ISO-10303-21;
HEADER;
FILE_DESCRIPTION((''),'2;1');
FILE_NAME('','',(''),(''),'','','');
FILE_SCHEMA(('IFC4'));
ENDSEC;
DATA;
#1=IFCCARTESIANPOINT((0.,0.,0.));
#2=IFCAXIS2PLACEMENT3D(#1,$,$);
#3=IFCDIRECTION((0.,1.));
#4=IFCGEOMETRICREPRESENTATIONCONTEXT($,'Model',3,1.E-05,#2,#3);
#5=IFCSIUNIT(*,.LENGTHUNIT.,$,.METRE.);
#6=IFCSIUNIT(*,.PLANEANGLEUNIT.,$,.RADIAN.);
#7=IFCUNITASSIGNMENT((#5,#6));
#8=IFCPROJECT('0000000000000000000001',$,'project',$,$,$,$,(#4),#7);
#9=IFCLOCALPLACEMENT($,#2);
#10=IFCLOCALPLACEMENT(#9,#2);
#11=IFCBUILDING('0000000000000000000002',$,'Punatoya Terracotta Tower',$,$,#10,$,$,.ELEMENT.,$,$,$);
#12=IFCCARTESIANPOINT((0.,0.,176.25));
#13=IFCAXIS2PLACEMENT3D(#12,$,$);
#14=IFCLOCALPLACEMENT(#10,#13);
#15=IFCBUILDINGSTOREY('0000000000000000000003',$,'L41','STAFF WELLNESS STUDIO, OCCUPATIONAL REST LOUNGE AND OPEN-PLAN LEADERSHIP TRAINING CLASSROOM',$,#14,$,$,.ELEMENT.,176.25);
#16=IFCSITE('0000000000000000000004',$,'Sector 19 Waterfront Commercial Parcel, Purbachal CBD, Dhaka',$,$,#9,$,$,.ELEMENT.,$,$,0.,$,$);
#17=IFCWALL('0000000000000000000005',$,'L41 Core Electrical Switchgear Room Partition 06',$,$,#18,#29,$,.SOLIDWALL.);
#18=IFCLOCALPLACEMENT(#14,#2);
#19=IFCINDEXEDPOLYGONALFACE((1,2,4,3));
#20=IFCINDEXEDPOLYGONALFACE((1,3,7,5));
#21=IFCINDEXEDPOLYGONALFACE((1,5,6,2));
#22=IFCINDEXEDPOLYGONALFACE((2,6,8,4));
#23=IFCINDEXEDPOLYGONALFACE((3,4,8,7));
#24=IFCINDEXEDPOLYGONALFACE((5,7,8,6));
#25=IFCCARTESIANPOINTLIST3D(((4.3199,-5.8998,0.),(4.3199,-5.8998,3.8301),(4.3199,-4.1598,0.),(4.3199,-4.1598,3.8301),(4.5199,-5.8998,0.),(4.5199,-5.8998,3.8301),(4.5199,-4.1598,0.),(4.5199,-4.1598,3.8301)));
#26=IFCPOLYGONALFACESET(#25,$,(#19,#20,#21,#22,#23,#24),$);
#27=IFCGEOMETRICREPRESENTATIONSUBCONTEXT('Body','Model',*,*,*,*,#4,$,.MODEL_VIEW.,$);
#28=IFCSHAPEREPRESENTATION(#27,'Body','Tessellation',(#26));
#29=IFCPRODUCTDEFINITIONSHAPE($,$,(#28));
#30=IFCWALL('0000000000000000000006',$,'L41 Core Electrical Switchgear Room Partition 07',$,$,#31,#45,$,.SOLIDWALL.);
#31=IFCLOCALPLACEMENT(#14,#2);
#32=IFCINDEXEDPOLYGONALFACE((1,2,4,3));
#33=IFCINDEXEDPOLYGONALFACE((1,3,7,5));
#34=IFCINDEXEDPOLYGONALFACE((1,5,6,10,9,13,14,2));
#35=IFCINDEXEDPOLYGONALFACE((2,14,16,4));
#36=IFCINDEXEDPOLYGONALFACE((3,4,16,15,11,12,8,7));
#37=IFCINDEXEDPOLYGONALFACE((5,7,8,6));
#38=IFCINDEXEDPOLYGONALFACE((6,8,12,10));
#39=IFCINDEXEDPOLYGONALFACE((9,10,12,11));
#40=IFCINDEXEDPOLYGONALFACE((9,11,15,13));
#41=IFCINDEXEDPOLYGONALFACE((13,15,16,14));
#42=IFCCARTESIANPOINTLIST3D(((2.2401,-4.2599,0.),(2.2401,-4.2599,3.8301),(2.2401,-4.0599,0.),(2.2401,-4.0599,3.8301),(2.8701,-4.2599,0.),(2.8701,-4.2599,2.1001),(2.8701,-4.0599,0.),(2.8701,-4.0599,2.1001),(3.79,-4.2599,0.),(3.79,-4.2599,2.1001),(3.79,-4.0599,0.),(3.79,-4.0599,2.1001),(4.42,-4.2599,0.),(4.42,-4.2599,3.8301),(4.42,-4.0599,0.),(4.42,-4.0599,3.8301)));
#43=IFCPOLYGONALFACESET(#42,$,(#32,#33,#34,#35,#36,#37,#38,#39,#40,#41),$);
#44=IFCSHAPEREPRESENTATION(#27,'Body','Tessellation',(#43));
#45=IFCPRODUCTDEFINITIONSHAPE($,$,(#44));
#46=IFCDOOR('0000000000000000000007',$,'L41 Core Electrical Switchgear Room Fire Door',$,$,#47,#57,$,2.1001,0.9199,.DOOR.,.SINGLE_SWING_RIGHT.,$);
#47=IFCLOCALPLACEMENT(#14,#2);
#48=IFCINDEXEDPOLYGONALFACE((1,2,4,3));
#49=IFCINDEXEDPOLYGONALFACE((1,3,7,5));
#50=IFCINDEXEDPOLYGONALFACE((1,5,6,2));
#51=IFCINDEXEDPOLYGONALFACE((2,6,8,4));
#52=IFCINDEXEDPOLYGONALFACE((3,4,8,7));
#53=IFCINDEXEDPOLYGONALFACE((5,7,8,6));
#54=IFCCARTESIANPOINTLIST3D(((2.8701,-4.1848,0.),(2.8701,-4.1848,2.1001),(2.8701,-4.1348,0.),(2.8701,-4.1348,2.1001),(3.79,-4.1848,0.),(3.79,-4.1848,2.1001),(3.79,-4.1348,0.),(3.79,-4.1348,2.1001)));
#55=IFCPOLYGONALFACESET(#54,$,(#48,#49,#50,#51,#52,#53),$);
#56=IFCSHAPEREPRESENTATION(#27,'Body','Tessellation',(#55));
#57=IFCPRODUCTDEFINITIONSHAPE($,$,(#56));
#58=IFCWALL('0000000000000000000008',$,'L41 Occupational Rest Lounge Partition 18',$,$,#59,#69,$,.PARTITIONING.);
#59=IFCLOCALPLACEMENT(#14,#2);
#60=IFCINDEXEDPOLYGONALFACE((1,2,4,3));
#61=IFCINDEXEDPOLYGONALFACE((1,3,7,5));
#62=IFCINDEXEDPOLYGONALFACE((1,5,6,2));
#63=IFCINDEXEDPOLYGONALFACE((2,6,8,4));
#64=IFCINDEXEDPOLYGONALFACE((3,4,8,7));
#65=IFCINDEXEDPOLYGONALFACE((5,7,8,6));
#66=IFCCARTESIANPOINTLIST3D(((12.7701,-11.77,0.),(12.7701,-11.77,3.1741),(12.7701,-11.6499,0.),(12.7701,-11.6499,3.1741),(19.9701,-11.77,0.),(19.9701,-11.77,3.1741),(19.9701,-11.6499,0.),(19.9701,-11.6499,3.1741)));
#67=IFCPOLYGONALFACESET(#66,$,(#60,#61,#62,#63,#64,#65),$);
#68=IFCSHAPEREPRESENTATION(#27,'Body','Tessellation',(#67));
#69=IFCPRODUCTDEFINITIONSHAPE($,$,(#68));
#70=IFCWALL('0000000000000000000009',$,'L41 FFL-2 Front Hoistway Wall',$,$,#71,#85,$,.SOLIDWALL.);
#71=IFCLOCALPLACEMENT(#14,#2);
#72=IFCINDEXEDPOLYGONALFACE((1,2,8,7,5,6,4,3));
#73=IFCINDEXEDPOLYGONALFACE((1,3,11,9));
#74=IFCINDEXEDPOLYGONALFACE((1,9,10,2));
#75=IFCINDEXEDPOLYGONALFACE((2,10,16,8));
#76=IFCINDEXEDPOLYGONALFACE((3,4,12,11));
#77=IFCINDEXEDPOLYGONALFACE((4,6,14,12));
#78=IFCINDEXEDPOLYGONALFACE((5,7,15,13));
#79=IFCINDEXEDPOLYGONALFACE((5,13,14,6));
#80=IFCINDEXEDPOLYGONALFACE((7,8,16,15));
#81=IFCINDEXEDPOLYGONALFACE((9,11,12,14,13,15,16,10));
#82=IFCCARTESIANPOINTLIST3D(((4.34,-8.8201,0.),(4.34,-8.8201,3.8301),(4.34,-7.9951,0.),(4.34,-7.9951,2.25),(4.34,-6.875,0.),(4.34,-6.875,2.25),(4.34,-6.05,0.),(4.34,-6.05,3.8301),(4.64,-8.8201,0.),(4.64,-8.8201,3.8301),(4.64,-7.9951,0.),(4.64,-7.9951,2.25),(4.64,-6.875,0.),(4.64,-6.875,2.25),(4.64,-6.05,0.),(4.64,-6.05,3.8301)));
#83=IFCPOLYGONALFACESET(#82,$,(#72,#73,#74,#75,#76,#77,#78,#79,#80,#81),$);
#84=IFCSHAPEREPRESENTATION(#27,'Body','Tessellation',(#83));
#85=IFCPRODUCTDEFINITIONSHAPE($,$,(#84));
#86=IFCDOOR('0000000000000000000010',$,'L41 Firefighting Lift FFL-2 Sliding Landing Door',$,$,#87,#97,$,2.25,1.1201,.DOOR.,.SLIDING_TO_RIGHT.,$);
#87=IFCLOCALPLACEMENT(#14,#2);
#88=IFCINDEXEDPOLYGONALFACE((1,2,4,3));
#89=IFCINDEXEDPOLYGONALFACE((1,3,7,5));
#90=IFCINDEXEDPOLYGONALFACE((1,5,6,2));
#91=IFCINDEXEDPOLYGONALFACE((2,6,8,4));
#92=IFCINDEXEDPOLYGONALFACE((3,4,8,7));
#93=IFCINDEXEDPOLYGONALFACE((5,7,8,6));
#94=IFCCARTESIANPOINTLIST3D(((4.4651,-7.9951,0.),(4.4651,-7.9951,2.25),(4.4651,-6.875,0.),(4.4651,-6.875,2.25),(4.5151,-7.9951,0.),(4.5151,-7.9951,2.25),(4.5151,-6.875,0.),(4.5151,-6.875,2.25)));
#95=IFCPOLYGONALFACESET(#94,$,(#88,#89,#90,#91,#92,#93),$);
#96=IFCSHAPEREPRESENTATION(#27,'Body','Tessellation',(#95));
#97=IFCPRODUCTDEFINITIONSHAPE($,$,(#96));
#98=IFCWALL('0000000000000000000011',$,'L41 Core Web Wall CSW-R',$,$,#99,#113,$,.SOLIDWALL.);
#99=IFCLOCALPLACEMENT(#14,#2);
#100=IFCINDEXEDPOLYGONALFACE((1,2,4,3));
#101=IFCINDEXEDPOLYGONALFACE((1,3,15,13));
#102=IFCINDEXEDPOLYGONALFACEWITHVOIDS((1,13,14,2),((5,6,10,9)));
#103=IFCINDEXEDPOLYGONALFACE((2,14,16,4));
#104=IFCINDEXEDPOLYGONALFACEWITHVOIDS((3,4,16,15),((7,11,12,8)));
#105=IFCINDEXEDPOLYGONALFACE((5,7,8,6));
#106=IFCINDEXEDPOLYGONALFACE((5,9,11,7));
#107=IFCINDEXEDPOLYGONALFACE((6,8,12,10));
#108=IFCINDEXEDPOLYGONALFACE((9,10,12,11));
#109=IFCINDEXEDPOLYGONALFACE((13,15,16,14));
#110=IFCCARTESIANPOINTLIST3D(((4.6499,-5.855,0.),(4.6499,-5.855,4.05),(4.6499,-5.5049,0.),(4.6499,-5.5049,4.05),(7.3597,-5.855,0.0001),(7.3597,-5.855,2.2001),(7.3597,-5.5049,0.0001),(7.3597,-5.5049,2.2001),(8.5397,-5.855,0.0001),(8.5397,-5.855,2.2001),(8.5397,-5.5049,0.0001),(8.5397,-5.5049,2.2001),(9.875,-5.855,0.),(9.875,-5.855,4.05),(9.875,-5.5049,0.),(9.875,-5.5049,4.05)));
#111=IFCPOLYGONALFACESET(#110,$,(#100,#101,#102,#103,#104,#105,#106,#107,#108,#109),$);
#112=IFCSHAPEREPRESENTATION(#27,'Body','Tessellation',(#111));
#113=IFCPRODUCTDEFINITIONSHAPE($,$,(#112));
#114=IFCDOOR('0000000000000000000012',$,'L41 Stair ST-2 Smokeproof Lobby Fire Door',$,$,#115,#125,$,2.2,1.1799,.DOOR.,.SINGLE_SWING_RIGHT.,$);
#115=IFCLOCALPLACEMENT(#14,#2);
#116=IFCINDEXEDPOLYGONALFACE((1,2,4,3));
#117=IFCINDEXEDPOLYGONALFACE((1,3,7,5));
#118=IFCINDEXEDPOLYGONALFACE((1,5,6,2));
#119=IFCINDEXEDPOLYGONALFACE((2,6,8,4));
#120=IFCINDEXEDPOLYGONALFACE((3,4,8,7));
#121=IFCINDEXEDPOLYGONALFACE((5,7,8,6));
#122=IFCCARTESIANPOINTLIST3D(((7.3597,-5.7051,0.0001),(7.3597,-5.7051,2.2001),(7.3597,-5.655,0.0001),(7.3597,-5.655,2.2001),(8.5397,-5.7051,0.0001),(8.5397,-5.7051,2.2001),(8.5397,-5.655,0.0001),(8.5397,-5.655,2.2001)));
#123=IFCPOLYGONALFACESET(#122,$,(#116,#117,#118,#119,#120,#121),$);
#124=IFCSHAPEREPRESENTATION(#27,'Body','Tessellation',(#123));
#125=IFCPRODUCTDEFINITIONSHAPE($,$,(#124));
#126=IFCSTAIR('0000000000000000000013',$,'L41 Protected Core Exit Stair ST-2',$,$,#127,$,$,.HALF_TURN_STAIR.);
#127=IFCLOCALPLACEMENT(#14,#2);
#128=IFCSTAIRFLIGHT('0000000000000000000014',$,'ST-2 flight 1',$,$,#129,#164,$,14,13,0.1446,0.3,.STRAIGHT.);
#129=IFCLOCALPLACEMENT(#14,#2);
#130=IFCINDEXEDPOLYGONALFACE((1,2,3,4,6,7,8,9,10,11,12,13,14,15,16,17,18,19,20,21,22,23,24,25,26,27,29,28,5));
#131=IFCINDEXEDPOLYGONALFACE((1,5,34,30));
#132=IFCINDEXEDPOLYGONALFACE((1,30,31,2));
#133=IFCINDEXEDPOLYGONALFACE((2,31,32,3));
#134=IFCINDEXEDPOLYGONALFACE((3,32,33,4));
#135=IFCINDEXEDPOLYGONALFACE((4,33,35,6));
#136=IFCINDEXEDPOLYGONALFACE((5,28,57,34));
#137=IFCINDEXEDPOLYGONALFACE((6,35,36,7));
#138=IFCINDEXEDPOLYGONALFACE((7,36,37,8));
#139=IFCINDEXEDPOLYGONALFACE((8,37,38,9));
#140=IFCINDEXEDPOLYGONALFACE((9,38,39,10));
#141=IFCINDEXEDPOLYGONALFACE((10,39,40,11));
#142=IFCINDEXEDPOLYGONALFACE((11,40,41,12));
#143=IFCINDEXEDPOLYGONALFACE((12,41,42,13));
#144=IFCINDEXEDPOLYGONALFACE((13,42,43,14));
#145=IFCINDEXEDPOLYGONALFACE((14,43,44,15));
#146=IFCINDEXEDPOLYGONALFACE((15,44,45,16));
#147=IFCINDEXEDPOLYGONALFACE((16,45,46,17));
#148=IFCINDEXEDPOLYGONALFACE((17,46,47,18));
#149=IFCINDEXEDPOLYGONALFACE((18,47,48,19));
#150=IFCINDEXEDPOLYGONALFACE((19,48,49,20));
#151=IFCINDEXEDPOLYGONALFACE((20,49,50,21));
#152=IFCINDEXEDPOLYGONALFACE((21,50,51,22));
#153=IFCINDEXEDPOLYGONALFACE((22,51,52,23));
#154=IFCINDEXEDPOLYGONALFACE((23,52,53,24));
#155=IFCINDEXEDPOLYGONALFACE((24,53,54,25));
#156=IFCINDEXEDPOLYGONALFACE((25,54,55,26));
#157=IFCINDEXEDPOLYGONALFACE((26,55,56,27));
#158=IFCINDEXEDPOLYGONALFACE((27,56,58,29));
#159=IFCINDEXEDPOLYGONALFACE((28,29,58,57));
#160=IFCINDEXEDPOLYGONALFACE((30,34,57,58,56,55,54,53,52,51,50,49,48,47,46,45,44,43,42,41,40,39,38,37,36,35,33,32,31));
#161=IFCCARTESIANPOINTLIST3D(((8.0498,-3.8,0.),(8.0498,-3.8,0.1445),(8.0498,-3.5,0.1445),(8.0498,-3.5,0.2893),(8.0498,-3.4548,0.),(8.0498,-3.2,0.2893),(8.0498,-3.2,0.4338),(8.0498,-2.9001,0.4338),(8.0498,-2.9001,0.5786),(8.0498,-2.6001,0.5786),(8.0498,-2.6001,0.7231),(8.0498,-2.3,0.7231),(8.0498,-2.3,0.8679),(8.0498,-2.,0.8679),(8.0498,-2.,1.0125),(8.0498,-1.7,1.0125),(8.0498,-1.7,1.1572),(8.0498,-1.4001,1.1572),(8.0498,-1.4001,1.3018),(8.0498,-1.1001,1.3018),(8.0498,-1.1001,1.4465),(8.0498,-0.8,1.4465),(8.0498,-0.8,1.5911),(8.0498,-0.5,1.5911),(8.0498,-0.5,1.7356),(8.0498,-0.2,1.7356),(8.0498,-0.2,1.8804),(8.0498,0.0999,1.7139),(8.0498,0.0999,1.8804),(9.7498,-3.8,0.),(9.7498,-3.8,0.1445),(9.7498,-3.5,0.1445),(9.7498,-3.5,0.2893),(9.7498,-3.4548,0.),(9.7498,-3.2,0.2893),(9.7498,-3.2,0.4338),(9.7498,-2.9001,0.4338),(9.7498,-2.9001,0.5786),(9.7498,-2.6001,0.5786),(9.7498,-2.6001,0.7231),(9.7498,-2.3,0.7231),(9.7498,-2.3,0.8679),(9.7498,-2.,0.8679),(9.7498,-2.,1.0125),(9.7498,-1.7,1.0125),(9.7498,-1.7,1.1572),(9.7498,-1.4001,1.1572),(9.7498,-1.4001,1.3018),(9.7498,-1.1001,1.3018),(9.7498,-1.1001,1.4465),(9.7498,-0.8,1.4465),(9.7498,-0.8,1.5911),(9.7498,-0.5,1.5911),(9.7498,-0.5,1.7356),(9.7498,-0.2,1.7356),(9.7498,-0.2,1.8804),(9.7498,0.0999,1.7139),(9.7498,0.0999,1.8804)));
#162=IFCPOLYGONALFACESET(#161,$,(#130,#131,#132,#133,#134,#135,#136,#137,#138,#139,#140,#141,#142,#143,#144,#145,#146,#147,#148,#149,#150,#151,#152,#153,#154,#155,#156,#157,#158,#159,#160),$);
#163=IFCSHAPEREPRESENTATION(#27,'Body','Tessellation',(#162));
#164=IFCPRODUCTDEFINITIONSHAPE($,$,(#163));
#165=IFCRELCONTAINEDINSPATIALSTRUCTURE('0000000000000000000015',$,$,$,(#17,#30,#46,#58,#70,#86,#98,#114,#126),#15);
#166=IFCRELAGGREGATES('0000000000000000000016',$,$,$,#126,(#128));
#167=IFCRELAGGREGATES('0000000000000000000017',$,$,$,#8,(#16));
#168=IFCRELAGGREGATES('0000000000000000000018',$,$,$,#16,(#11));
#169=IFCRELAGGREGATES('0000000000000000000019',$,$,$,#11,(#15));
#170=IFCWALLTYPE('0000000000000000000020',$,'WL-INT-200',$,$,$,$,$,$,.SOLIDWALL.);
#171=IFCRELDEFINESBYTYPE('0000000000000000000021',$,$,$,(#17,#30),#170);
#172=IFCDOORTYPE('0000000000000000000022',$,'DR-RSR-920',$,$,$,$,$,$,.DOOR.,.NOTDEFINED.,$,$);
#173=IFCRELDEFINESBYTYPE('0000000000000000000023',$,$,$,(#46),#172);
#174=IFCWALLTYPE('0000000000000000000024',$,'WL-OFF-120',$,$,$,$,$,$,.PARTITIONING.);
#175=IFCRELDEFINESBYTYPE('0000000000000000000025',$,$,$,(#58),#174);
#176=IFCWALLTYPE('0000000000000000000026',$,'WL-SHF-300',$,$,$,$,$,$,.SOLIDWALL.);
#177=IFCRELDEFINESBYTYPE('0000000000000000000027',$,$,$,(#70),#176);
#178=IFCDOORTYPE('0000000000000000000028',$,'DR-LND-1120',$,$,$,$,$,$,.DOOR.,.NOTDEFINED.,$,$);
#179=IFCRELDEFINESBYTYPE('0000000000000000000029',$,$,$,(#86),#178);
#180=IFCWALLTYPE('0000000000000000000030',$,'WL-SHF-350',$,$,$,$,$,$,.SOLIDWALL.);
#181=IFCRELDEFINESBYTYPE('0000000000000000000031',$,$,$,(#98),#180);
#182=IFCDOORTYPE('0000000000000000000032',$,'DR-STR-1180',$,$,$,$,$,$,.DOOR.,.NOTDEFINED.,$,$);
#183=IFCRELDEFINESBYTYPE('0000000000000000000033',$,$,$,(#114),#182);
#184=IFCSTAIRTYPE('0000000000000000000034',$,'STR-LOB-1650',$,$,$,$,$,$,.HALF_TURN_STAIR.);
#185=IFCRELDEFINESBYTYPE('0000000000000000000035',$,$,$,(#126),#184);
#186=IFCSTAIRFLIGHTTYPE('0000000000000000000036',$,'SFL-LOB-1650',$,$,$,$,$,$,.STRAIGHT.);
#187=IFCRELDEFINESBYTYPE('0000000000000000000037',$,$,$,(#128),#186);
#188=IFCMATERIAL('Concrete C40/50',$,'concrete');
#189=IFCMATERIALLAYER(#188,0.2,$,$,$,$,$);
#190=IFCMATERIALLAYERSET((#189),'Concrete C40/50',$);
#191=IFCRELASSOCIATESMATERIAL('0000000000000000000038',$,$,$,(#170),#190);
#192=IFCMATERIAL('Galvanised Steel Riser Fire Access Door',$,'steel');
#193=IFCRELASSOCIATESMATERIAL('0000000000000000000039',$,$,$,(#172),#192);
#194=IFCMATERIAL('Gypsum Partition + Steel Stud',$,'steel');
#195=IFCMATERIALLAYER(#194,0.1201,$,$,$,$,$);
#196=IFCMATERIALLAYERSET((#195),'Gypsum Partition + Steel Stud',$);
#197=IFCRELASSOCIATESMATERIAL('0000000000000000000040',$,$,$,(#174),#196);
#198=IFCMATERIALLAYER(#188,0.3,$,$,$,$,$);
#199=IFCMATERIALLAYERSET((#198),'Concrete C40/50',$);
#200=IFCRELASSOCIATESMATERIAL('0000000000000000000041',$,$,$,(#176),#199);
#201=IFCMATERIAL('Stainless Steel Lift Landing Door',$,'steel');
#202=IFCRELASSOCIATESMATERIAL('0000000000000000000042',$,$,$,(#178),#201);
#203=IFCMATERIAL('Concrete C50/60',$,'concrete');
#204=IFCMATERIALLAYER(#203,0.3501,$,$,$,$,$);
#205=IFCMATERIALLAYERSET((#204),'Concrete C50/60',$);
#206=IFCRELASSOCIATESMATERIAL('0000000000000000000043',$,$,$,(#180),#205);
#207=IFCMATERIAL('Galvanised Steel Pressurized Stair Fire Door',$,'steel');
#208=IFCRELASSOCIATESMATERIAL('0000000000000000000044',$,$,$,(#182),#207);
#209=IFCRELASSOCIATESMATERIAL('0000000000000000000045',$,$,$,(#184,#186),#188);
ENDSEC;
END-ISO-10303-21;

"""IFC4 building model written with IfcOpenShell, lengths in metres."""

from ifc_helpers import new_model, si_unit, direction, frame, frame_2d, origin, place, context, subcontext, project, spatial, polyline, rectangle, outline, extrude, material, layer, layer_set, type_object, element, fill, aggregate, save


model = new_model("IFC4")

# Units and contexts
model_context = context("Model", 3, precision=1e-05, world=origin(), true_north=direction((0.0, 1.0)))
body_context = subcontext(model_context, "Body", "Model", "MODEL_VIEW")
ifc_project = project(units=[si_unit("LENGTHUNIT", "METRE"), si_unit("PLANEANGLEUNIT", "RADIAN")], contexts=[model_context])

# Site, building, storey
site_placement = place(None, origin())
site = spatial("IfcSite", under=ifc_project, at=site_placement, Name="Sector 19 Waterfront Commercial Parcel, Purbachal CBD, Dhaka", CompositionType="ELEMENT", RefElevation=0.0)
building_placement = place(site_placement, origin())
building = spatial("IfcBuilding", under=site, at=building_placement, Name="Punatoya Terracotta Tower", CompositionType="ELEMENT")
storey_placement = place(building_placement, frame((0.0, 0.0, 176.25)))
storey = spatial("IfcBuildingStorey", under=building, at=storey_placement, Name="L41", Description="STAFF WELLNESS STUDIO, OCCUPATIONAL REST LOUNGE AND OPEN-PLAN LEADERSHIP TRAINING CLASSROOM", CompositionType="ELEMENT", Elevation=176.25)

# Wall
ifc_material_1 = material(Name="Concrete C40/50", Category="concrete")
ifc_layer_1 = layer(ifc_material_1, 0.2)
ifc_layer_set_1 = layer_set([ifc_layer_1], Name="Concrete C40/50")
wall_type_1 = type_object("IfcWallType", Name="WL-INT-200", PredefinedType="SOLIDWALL", material=ifc_layer_set_1)
wall_1_placement = place(storey_placement, frame((4.4199, -5.8999, 0.0), z_axis=(0.0, 0.0, 1.0), x_axis=(0.0, 1.0, 0.0)))
element("IfcWall", 1, at=wall_1_placement, inside=storey, type_object=wall_type_1, Name="L41 Core Electrical Switchgear Room Partition 06", PredefinedType="SOLIDWALL", context=body_context, shape_type="SweptSolid", body=[
    extrude(rectangle(XDim=1.74, YDim=0.2, at=frame_2d((0.8701, 0.0))), origin(), (0.0, 0.0, 1.0), 3.8301),
])

# Wall, opening, door
wall_2_placement = place(storey_placement, frame((4.4199, -4.1599, 0.0), z_axis=(0.0, 0.0, 1.0), x_axis=(-1.0, 0.0, 0.0)))
wall_2 = element("IfcWall", 2, at=wall_2_placement, inside=storey, type_object=wall_type_1, Name="L41 Core Electrical Switchgear Room Partition 07", PredefinedType="SOLIDWALL", context=body_context, shape_type="SweptSolid", body=[
    extrude(rectangle(XDim=2.1799, YDim=0.2, at=frame_2d((1.0898, 0.0))), origin(), (0.0, 0.0, 1.0), 3.8301),
])
opening_1_placement = place(wall_2_placement, frame((0.6299, 0.0, 0.0)))
opening_1 = element("IfcOpeningElement", 3, at=opening_1_placement, cuts=wall_2, PredefinedType="OPENING", context=body_context, shape_type="SweptSolid", body=[
    extrude(rectangle(XDim=0.9199, YDim=2.1001, at=frame_2d((0.46, 1.05))), frame((0.0, 0.1099, 0.0), z_axis=(0.0, -1.0, 0.0), x_axis=(1.0, 0.0, 0.0)), (0.0, 0.0, 1.0), 0.22),
])
ifc_material_2 = material(Name="Galvanised Steel Riser Fire Access Door", Category="steel")
door_type_1 = type_object("IfcDoorType", Name="DR-RSR-920", OperationType="NOTDEFINED", PredefinedType="DOOR", material=ifc_material_2)
door_1_placement = place(opening_1_placement, origin())
door_1 = element("IfcDoor", 4, at=door_1_placement, inside=storey, type_object=door_type_1, Name="L41 Core Electrical Switchgear Room Fire Door", OperationType="SINGLE_SWING_RIGHT", OverallHeight=2.1001, OverallWidth=0.9199, PredefinedType="DOOR", context=body_context, shape_type="SweptSolid", body=[
    extrude(rectangle(XDim=0.9199, YDim=2.1001, at=frame_2d((0.46, 1.05))), frame((0.0, 0.0249, 0.0), z_axis=(0.0, -1.0, 0.0), x_axis=(1.0, 0.0, 0.0)), (0.0, 0.0, 1.0), 0.05),
])
fill(opening_1, door_1)

# Wall
ifc_material_3 = material(Name="Gypsum Partition + Steel Stud", Category="steel")
ifc_layer_2 = layer(ifc_material_3, 0.1201)
ifc_layer_set_2 = layer_set([ifc_layer_2], Name="Gypsum Partition + Steel Stud")
wall_type_2 = type_object("IfcWallType", Name="WL-OFF-120", PredefinedType="PARTITIONING", material=ifc_layer_set_2)
wall_3_placement = place(storey_placement, frame((12.77, -11.71, 0.0), z_axis=(0.0, 0.0, 1.0), x_axis=(1.0, 0.0, 0.0)))
element("IfcWall", 5, at=wall_3_placement, inside=storey, type_object=wall_type_2, Name="L41 Occupational Rest Lounge Partition 18", PredefinedType="PARTITIONING", context=body_context, shape_type="SweptSolid", body=[
    extrude(rectangle(XDim=7.2, YDim=0.1201, at=frame_2d((3.6001, 0.0))), origin(), (0.0, 0.0, 1.0), 3.1741),
])

# Walls, openings, doors
ifc_layer_3 = layer(ifc_material_1, 0.3)
ifc_layer_set_3 = layer_set([ifc_layer_3], Name="Concrete C40/50")
wall_type_3 = type_object("IfcWallType", Name="WL-SHF-300", PredefinedType="SOLIDWALL", material=ifc_layer_set_3)
wall_4_placement = place(storey_placement, frame((4.49, -8.8201, 0.0), z_axis=(0.0, 0.0, 1.0), x_axis=(0.0, 1.0, 0.0)))
wall_4 = element("IfcWall", 6, at=wall_4_placement, inside=storey, type_object=wall_type_3, Name="L41 FFL-2 Front Hoistway Wall", PredefinedType="SOLIDWALL", context=body_context, shape_type="SweptSolid", body=[
    extrude(rectangle(XDim=2.77, YDim=0.3, at=frame_2d((1.385, 0.0))), origin(), (0.0, 0.0, 1.0), 3.8301),
])
opening_2_placement = place(wall_4_placement, frame((0.825, 0.0, 0.0)))
opening_2 = element("IfcOpeningElement", 7, at=opening_2_placement, cuts=wall_4, PredefinedType="OPENING", context=body_context, shape_type="SweptSolid", body=[
    extrude(rectangle(XDim=1.1201, YDim=2.25, at=frame_2d((0.5601, 1.125))), frame((0.0, 0.1599, 0.0), z_axis=(0.0, -1.0, 0.0), x_axis=(1.0, 0.0, 0.0)), (0.0, 0.0, 1.0), 0.3201),
])
ifc_material_4 = material(Name="Stainless Steel Lift Landing Door", Category="steel")
door_type_2 = type_object("IfcDoorType", Name="DR-LND-1120", OperationType="NOTDEFINED", PredefinedType="DOOR", material=ifc_material_4)
door_2_placement = place(opening_2_placement, origin())
door_2 = element("IfcDoor", 8, at=door_2_placement, inside=storey, type_object=door_type_2, Name="L41 Firefighting Lift FFL-2 Sliding Landing Door", OperationType="SLIDING_TO_RIGHT", OverallHeight=2.25, OverallWidth=1.1201, PredefinedType="DOOR", context=body_context, shape_type="SweptSolid", body=[
    extrude(rectangle(XDim=1.1201, YDim=2.25, at=frame_2d((0.5601, 1.125))), frame((0.0, 0.0249, 0.0), z_axis=(0.0, -1.0, 0.0), x_axis=(1.0, 0.0, 0.0)), (0.0, 0.0, 1.0), 0.05),
])
fill(opening_2, door_2)
ifc_material_5 = material(Name="Concrete C50/60", Category="concrete")
ifc_layer_4 = layer(ifc_material_5, 0.3501)
ifc_layer_set_4 = layer_set([ifc_layer_4], Name="Concrete C50/60")
wall_type_4 = type_object("IfcWallType", Name="WL-SHF-350", PredefinedType="SOLIDWALL", material=ifc_layer_set_4)
wall_5_placement = place(storey_placement, frame((4.6499, -5.6799, 0.0), z_axis=(0.0, 0.0, 1.0), x_axis=(1.0, 0.0, 0.0)))
wall_5 = element("IfcWall", 9, at=wall_5_placement, inside=storey, type_object=wall_type_4, Name="L41 Core Web Wall CSW-R", PredefinedType="SOLIDWALL", context=body_context, shape_type="SweptSolid", body=[
    extrude(rectangle(XDim=5.2251, YDim=0.3501, at=frame_2d((2.6125, 0.0))), origin(), (0.0, 0.0, 1.0), 4.05),
])
opening_3_placement = place(wall_5_placement, frame((2.71, 0.0, 0.0)))
opening_3 = element("IfcOpeningElement", 10, at=opening_3_placement, cuts=wall_5, PredefinedType="OPENING", context=body_context, shape_type="SweptSolid", body=[
    extrude(rectangle(XDim=1.1799, YDim=2.2, at=frame_2d((0.5898, 1.1001))), frame((0.0, 0.1851, 0.0), z_axis=(0.0, -1.0, 0.0), x_axis=(1.0, 0.0, 0.0)), (0.0, 0.0, 1.0), 0.3701),
])
ifc_material_6 = material(Name="Galvanised Steel Pressurized Stair Fire Door", Category="steel")
door_type_3 = type_object("IfcDoorType", Name="DR-STR-1180", OperationType="NOTDEFINED", PredefinedType="DOOR", material=ifc_material_6)
door_3_placement = place(opening_3_placement, origin())
door_3 = element("IfcDoor", 11, at=door_3_placement, inside=storey, type_object=door_type_3, Name="L41 Stair ST-2 Smokeproof Lobby Fire Door", OperationType="SINGLE_SWING_RIGHT", OverallHeight=2.2, OverallWidth=1.1799, PredefinedType="DOOR", context=body_context, shape_type="SweptSolid", body=[
    extrude(rectangle(XDim=1.1799, YDim=2.2, at=frame_2d((0.5898, 1.1001))), frame((0.0, 0.0249, 0.0), z_axis=(0.0, -1.0, 0.0), x_axis=(1.0, 0.0, 0.0)), (0.0, 0.0, 1.0), 0.05),
])
fill(opening_3, door_3)

# Stair, stair flight
stair_type = type_object("IfcStairType", Name="STR-LOB-1650", PredefinedType="HALF_TURN_STAIR", material=ifc_material_1)
stair_placement = place(storey_placement, origin())
stair = element("IfcStair", 12, at=stair_placement, inside=storey, type_object=stair_type, Name="L41 Protected Core Exit Stair ST-2", PredefinedType="HALF_TURN_STAIR")
stair_flight_type = type_object("IfcStairFlightType", Name="SFL-LOB-1650", PredefinedType="STRAIGHT", material=ifc_material_1)
stair_flight_placement = place(storey_placement, frame((8.8999, -3.8, 0.0), z_axis=(0.0, 0.0, 1.0), x_axis=(0.0, 1.0, 0.0)))
stair_flight = element("IfcStairFlight", 13, at=stair_flight_placement, type_object=stair_flight_type, Name="ST-2 flight 1", NumberOfRisers=14, NumberOfTreads=13, PredefinedType="STRAIGHT", RiserHeight=0.1446, TreadLength=0.3, context=body_context, shape_type="SweptSolid", body=[
    extrude(outline(polyline([(0.0, 0.0), (0.0, 0.1445), (0.3, 0.1445), (0.3, 0.2893), (0.6001, 0.2893), (0.6001, 0.4338), (0.8999, 0.4338), (0.8999, 0.5786), (1.2, 0.5786), (1.2, 0.7231), (1.5, 0.7231), (1.5, 0.8679), (1.8, 0.8679), (1.8, 1.0125), (2.1001, 1.0125), (2.1001, 1.1572), (2.3999, 1.1572), (2.3999, 1.3018), (2.7, 1.3018), (2.7, 1.4465), (3.0, 1.4465), (3.0, 1.5911), (3.3, 1.5911), (3.3, 1.7356), (3.6001, 1.7356), (3.6001, 1.8804), (3.8999, 1.8804), (3.8999, 2.0249), (3.8999, 1.7139), (0.3452, 0.0), (0.0, 0.0)])), frame((0.0, 0.8501, 0.0), z_axis=(0.0, -1.0, 0.0), x_axis=(1.0, 0.0, 0.0)), (0.0, 0.0, 1.0), 1.7),
])
aggregate(stair, [stair_flight])

save(model, "model.ifc")
